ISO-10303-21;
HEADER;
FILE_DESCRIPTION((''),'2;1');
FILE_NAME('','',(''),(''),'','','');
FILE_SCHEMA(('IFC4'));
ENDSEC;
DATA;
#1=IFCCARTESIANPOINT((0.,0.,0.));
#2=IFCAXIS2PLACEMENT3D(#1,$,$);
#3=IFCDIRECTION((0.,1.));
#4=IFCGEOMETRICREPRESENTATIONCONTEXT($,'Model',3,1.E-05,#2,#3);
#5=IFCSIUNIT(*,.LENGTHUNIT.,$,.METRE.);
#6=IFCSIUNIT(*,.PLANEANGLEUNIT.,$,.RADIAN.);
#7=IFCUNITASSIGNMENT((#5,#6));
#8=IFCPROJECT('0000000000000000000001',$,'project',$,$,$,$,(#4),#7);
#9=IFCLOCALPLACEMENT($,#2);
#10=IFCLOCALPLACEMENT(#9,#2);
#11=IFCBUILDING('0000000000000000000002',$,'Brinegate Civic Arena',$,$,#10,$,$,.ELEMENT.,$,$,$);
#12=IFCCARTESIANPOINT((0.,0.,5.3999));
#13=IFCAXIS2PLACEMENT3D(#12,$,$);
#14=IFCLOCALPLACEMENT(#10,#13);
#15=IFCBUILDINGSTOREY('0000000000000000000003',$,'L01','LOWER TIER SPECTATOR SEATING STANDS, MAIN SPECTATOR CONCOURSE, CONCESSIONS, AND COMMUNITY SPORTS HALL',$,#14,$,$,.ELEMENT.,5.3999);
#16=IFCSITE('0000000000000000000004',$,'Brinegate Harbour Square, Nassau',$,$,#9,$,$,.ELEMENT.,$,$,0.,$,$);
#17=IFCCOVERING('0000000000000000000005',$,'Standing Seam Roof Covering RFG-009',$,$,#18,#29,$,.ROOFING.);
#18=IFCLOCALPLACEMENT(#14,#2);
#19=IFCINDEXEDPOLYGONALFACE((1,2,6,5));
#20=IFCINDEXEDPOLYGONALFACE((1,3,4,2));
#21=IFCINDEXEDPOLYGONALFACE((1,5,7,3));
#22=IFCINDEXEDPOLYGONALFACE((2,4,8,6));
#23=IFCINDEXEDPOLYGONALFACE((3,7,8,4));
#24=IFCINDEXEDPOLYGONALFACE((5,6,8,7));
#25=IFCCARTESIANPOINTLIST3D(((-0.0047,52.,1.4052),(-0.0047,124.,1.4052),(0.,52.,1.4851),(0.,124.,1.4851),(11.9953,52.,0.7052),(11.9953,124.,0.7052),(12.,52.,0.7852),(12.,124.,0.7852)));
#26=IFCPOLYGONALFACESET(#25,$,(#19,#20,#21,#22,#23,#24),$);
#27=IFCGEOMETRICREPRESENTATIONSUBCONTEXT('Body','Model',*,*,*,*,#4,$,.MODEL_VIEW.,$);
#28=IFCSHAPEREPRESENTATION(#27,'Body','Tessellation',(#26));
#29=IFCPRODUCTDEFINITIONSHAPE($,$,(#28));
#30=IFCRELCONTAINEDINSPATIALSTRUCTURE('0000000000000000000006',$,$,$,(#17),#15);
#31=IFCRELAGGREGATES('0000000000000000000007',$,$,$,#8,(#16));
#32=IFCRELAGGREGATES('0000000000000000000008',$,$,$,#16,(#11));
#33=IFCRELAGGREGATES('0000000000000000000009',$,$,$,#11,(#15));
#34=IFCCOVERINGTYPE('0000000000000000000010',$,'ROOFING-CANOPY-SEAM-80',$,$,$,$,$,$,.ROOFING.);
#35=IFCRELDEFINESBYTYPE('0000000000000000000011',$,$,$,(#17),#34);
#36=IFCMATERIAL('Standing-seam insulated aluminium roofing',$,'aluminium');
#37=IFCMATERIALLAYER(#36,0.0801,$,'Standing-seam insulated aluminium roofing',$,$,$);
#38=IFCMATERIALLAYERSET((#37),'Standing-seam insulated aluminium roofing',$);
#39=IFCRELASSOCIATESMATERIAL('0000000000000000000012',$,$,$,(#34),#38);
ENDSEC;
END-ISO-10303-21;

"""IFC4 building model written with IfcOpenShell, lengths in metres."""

from ifc_helpers import new_model, si_unit, direction, frame, origin, place, context, subcontext, project, spatial, polyline, outline, extrude, material, layer, layer_set, type_object, element, save


model = new_model("IFC4")

# Units and contexts
model_context = context("Model", 3, precision=1e-05, world=origin(), true_north=direction((0.0, 1.0)))
body_context = subcontext(model_context, "Body", "Model", "MODEL_VIEW")
ifc_project = project(units=[si_unit("LENGTHUNIT", "METRE"), si_unit("PLANEANGLEUNIT", "RADIAN")], contexts=[model_context])

# Site, building, storey
site_placement = place(None, origin())
site = spatial("IfcSite", under=ifc_project, at=site_placement, Name="Brinegate Harbour Square, Nassau", CompositionType="ELEMENT", RefElevation=0.0)
building_placement = place(site_placement, origin())
building = spatial("IfcBuilding", under=site, at=building_placement, Name="Brinegate Civic Arena", CompositionType="ELEMENT")
storey_placement = place(building_placement, frame((0.0, 0.0, 5.3999)))
storey = spatial("IfcBuildingStorey", under=building, at=storey_placement, Name="L01", Description="LOWER TIER SPECTATOR SEATING STANDS, MAIN SPECTATOR CONCOURSE, CONCESSIONS, AND COMMUNITY SPORTS HALL", CompositionType="ELEMENT", Elevation=5.3999)

# Covering
ifc_material_1 = material(Name="Standing-seam insulated aluminium roofing", Category="aluminium")
ifc_layer_1 = layer(ifc_material_1, 0.0801, Name="Standing-seam insulated aluminium roofing")
ifc_layer_set_1 = layer_set([ifc_layer_1], Name="Standing-seam insulated aluminium roofing")
covering_type = type_object("IfcCoveringType", Name="ROOFING-CANOPY-SEAM-80", PredefinedType="ROOFING", material=ifc_layer_set_1)
covering_placement = place(storey_placement, frame((0.0, 52.0, 1.4851), z_axis=(0.05823, 0.0, 0.998303), x_axis=(0.998303, 0.0, -0.05823)))
element("IfcCovering", 1, at=covering_placement, inside=storey, type_object=covering_type, Name="Standing Seam Roof Covering RFG-009", PredefinedType="ROOFING", context=body_context, shape_type="SweptSolid", body=[
    extrude(outline(polyline([(0.0, 0.0), (12.0204, 0.0), (12.0204, 72.0), (0.0, 72.0), (0.0, 0.0)])), origin(), (0.0, 0.0, -1.0), 0.0801),
])

save(model, "model.ifc")
